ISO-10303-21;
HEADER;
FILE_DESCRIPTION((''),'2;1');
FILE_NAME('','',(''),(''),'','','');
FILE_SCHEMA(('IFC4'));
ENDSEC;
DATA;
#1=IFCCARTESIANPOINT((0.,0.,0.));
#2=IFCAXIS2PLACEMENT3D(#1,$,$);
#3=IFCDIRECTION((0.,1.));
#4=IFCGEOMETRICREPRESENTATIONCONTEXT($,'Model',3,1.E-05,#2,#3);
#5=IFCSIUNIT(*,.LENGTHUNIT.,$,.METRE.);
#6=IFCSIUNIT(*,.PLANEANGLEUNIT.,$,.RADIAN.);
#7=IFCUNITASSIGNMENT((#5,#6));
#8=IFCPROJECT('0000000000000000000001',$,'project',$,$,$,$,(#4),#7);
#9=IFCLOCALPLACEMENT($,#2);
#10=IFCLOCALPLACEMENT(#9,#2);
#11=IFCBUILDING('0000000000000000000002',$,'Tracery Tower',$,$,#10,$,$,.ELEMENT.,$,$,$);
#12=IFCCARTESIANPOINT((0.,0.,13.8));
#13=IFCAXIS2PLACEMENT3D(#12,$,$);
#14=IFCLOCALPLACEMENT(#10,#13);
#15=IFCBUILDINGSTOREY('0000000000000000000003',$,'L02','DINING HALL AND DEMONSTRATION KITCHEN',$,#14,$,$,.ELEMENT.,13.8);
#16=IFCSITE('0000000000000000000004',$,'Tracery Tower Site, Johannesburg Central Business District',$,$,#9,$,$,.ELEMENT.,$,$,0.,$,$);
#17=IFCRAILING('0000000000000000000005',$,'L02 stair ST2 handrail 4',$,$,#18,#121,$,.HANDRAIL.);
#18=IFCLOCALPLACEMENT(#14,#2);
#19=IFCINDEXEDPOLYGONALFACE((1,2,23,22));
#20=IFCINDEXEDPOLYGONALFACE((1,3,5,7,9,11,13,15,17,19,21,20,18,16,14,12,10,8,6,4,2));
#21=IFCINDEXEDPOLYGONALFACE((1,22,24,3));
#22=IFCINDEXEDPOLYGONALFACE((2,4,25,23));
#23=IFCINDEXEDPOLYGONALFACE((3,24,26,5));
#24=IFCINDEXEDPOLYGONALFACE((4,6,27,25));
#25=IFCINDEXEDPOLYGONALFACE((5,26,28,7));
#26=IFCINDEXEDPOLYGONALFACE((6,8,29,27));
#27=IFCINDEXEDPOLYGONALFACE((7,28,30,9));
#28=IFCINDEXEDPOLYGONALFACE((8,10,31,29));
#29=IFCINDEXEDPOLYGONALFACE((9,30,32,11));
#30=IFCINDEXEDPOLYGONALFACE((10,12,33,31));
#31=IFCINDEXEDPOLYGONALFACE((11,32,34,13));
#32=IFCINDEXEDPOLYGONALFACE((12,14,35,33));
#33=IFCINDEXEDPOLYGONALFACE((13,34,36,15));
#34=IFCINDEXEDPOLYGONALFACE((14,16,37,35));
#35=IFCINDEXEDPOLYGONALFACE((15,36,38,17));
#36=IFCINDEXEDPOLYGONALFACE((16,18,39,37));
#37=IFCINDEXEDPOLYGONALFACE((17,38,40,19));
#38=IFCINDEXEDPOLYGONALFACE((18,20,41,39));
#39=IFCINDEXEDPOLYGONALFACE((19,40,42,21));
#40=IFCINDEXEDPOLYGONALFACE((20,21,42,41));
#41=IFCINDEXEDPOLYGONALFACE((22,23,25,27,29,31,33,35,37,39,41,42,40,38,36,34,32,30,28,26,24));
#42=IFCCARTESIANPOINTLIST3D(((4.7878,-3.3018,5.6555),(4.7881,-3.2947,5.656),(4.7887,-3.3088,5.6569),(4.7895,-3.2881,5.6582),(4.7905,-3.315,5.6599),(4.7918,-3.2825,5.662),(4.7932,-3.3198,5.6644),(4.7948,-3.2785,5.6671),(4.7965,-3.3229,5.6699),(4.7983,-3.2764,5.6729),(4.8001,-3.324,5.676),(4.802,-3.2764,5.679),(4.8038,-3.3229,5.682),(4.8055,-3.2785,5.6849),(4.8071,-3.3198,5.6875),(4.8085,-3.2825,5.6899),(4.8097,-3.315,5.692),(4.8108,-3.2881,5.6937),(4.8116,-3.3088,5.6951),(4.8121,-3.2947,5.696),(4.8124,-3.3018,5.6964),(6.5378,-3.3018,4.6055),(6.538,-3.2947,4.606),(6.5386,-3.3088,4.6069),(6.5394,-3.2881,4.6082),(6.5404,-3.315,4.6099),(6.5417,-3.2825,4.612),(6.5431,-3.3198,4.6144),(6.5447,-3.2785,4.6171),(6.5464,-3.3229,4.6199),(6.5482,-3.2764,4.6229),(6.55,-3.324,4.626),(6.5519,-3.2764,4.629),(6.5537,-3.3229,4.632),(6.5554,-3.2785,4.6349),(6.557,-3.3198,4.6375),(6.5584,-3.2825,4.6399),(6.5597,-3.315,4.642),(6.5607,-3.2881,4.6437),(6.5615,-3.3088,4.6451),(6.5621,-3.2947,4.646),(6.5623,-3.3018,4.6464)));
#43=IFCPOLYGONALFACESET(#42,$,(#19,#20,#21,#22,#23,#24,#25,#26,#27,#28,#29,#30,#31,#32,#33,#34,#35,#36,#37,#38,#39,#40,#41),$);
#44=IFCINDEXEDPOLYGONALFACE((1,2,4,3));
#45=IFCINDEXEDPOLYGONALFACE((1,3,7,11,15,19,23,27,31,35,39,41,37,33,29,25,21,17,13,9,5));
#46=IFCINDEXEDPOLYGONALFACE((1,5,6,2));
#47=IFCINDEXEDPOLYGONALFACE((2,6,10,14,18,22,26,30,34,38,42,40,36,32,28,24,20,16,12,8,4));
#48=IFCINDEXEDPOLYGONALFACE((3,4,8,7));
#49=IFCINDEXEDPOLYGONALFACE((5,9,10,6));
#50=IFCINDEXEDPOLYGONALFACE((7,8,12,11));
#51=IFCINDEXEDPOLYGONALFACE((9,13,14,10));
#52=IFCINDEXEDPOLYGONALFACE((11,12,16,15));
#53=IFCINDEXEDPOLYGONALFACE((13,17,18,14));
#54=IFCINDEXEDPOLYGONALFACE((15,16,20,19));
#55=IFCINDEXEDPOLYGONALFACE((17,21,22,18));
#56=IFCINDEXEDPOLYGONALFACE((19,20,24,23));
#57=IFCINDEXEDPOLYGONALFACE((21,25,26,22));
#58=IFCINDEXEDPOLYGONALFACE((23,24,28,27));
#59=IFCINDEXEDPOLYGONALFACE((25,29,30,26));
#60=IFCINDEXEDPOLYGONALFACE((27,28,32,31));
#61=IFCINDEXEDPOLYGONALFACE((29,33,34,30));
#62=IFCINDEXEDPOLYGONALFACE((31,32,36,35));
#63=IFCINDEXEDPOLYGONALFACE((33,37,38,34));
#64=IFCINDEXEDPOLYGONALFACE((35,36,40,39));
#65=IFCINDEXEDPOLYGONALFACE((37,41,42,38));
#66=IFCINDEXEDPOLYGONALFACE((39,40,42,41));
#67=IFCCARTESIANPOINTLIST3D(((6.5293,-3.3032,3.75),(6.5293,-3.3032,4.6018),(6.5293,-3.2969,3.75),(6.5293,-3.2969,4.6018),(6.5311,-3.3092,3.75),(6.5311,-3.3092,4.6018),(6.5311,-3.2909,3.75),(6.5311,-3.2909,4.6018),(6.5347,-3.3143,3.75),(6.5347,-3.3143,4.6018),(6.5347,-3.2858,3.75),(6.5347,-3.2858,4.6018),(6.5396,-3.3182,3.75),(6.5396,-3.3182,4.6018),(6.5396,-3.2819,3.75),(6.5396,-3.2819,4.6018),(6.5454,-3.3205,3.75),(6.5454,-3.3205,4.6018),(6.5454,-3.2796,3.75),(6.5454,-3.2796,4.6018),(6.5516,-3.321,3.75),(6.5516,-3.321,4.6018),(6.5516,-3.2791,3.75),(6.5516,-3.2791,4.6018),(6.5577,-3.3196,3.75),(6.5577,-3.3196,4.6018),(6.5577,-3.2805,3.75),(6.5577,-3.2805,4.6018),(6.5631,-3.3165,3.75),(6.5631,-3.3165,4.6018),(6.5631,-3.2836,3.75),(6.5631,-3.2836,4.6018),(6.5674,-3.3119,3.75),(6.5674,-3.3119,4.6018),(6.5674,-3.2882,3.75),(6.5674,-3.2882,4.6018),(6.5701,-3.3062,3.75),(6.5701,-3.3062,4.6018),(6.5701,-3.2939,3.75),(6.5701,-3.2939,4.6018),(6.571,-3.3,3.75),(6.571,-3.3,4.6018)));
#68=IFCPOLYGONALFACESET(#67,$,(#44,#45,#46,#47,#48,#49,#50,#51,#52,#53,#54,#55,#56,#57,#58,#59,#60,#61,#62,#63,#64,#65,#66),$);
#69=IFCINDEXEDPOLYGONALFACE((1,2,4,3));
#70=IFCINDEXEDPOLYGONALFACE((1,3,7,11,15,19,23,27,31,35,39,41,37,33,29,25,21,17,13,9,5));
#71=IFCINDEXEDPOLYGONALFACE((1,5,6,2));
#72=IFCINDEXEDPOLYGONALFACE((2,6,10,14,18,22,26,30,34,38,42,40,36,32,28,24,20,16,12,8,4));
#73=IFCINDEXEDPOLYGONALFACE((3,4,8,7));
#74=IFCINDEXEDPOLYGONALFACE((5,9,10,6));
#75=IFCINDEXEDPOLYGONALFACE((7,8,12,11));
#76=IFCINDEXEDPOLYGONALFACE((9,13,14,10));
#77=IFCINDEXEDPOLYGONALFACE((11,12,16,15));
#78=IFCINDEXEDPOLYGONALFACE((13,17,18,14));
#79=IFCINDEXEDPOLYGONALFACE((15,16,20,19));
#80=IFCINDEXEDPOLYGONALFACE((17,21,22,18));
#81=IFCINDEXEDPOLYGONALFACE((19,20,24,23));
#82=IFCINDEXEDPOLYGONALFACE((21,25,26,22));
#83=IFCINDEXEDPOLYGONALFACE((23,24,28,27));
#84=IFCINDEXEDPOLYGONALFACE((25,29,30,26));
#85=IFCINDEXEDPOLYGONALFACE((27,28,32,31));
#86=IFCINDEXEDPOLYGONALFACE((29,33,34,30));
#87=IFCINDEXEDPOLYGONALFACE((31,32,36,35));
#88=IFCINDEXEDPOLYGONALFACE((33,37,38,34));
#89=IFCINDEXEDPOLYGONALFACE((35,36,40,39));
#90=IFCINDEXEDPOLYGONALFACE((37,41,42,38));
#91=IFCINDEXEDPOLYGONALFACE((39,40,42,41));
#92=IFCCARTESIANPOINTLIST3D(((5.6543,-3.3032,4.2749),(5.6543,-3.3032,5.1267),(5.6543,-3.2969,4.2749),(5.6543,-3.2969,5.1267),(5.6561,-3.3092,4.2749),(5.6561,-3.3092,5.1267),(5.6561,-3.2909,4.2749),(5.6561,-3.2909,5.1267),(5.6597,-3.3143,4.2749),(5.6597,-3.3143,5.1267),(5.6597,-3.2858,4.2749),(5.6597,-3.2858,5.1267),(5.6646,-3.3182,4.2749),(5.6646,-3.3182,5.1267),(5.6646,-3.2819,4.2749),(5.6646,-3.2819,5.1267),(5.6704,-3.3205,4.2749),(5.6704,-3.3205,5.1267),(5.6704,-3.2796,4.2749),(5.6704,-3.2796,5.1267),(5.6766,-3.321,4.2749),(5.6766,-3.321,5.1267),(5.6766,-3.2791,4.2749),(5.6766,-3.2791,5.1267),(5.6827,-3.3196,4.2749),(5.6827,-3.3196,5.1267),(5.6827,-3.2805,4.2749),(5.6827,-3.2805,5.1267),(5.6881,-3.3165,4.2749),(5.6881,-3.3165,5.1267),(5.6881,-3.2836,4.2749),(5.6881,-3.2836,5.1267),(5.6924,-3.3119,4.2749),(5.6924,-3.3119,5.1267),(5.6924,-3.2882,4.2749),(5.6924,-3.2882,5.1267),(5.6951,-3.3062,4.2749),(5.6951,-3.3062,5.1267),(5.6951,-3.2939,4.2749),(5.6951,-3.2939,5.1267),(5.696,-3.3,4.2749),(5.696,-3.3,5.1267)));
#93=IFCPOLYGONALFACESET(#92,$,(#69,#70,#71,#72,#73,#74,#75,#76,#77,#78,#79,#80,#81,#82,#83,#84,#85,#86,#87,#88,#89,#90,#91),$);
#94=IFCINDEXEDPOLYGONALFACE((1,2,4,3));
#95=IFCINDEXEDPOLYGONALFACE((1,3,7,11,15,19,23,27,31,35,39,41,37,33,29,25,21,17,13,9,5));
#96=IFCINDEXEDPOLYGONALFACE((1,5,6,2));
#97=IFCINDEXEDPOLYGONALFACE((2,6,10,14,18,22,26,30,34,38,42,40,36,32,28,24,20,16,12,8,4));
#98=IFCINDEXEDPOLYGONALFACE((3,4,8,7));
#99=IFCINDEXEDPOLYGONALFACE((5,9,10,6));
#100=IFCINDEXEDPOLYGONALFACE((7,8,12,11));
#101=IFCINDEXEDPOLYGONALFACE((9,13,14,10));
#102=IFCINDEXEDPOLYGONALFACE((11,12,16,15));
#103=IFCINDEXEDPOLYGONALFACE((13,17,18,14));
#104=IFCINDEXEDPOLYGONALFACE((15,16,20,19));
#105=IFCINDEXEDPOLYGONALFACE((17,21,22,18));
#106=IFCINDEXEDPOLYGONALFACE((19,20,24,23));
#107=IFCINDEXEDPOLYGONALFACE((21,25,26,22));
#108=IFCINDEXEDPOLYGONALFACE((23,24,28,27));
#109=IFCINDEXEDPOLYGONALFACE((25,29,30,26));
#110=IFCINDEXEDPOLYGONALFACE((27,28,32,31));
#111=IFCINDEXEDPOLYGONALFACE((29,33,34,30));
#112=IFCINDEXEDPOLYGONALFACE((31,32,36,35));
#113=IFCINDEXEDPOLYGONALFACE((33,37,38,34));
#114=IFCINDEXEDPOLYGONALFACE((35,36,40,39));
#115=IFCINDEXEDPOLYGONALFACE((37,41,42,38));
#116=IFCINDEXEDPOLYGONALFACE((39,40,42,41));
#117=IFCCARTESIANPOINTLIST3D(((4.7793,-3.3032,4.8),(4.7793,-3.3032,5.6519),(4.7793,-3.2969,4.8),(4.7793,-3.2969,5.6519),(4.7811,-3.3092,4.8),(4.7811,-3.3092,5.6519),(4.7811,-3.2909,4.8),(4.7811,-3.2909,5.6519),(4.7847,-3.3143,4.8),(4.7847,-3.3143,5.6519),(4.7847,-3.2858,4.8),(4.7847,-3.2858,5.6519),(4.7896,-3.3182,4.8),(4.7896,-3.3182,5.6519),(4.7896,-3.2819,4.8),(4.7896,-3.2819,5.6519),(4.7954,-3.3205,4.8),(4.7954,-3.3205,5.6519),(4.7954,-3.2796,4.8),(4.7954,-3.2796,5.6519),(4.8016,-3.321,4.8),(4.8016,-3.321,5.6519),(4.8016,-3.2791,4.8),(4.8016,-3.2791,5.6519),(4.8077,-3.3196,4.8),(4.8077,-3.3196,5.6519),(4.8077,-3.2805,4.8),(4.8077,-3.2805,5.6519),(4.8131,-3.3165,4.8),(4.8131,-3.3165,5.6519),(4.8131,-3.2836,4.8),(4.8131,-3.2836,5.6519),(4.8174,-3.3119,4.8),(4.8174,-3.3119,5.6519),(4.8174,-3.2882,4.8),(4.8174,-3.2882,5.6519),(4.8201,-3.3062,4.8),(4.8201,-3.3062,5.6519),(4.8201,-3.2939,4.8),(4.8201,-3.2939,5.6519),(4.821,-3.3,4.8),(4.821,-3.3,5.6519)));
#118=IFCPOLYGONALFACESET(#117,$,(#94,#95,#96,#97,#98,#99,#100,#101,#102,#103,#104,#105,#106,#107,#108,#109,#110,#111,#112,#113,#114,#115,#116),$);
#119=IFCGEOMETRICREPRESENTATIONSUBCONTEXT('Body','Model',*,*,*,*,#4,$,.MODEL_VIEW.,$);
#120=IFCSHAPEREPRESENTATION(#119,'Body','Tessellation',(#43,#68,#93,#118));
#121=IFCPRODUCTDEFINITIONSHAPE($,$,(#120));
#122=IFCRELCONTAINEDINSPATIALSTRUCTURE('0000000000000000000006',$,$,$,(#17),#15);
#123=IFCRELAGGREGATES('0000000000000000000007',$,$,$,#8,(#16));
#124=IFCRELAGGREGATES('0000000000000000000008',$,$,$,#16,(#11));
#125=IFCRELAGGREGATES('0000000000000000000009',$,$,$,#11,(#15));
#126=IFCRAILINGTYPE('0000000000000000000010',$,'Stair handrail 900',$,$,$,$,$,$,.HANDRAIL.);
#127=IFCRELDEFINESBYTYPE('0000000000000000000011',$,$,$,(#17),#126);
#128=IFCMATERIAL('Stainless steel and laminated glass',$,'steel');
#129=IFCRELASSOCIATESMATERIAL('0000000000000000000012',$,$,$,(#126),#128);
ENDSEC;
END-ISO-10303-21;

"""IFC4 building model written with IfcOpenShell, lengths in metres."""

from ifc_helpers import new_model, si_unit, direction, frame, origin, origin_2d, place, context, subcontext, project, spatial, circle, extrude, material, type_object, element, save


model = new_model("IFC4")

# Units and contexts
model_context = context("Model", 3, precision=1e-05, world=origin(), true_north=direction((0.0, 1.0)))
body_context = subcontext(model_context, "Body", "Model", "MODEL_VIEW")
ifc_project = project(units=[si_unit("LENGTHUNIT", "METRE"), si_unit("PLANEANGLEUNIT", "RADIAN")], contexts=[model_context])

# Site, building, storey
site_placement = place(None, origin())
site = spatial("IfcSite", under=ifc_project, at=site_placement, Name="Tracery Tower Site, Johannesburg Central Business District", CompositionType="ELEMENT", RefElevation=0.0)
building_placement = place(site_placement, origin())
building = spatial("IfcBuilding", under=site, at=building_placement, Name="Tracery Tower", CompositionType="ELEMENT")
storey_placement = place(building_placement, frame((0.0, 0.0, 13.8)))
storey = spatial("IfcBuildingStorey", under=building, at=storey_placement, Name="L02", Description="DINING HALL AND DEMONSTRATION KITCHEN", CompositionType="ELEMENT", Elevation=13.8)

# Railing
ifc_material_1 = material(Name="Stainless steel and laminated glass", Category="steel")
railing_type_1 = type_object("IfcRailingType", Name="Stair handrail 900", PredefinedType="HANDRAIL", material=ifc_material_1)
railing_1_placement = place(storey_placement, frame((6.55, -3.3, 3.75)))
element("IfcRailing", 1, at=railing_1_placement, inside=storey, type_object=railing_type_1, Name="L02 stair ST2 handrail 4", PredefinedType="HANDRAIL", context=body_context, shape_type="SweptSolid", body=[
    extrude(circle(Radius=0.0239, at=origin_2d()), frame((0.0, 0.0, 0.876), z_axis=(-0.857482, 0.0, 0.514513), x_axis=(0.0, -1.0, 0.0)), (0.0, 0.0, 1.0), 2.0408),
    extrude(circle(Radius=0.021, at=origin_2d()), origin(), (0.0, 0.0, 1.0), 0.8518),
    extrude(circle(Radius=0.021, at=origin_2d()), frame((-0.875, 0.0, 0.5249)), (0.0, 0.0, 1.0), 0.8518),
    extrude(circle(Radius=0.021, at=origin_2d()), frame((-1.75, 0.0, 1.05)), (0.0, 0.0, 1.0), 0.8518),
])

save(model, "model.ifc")
